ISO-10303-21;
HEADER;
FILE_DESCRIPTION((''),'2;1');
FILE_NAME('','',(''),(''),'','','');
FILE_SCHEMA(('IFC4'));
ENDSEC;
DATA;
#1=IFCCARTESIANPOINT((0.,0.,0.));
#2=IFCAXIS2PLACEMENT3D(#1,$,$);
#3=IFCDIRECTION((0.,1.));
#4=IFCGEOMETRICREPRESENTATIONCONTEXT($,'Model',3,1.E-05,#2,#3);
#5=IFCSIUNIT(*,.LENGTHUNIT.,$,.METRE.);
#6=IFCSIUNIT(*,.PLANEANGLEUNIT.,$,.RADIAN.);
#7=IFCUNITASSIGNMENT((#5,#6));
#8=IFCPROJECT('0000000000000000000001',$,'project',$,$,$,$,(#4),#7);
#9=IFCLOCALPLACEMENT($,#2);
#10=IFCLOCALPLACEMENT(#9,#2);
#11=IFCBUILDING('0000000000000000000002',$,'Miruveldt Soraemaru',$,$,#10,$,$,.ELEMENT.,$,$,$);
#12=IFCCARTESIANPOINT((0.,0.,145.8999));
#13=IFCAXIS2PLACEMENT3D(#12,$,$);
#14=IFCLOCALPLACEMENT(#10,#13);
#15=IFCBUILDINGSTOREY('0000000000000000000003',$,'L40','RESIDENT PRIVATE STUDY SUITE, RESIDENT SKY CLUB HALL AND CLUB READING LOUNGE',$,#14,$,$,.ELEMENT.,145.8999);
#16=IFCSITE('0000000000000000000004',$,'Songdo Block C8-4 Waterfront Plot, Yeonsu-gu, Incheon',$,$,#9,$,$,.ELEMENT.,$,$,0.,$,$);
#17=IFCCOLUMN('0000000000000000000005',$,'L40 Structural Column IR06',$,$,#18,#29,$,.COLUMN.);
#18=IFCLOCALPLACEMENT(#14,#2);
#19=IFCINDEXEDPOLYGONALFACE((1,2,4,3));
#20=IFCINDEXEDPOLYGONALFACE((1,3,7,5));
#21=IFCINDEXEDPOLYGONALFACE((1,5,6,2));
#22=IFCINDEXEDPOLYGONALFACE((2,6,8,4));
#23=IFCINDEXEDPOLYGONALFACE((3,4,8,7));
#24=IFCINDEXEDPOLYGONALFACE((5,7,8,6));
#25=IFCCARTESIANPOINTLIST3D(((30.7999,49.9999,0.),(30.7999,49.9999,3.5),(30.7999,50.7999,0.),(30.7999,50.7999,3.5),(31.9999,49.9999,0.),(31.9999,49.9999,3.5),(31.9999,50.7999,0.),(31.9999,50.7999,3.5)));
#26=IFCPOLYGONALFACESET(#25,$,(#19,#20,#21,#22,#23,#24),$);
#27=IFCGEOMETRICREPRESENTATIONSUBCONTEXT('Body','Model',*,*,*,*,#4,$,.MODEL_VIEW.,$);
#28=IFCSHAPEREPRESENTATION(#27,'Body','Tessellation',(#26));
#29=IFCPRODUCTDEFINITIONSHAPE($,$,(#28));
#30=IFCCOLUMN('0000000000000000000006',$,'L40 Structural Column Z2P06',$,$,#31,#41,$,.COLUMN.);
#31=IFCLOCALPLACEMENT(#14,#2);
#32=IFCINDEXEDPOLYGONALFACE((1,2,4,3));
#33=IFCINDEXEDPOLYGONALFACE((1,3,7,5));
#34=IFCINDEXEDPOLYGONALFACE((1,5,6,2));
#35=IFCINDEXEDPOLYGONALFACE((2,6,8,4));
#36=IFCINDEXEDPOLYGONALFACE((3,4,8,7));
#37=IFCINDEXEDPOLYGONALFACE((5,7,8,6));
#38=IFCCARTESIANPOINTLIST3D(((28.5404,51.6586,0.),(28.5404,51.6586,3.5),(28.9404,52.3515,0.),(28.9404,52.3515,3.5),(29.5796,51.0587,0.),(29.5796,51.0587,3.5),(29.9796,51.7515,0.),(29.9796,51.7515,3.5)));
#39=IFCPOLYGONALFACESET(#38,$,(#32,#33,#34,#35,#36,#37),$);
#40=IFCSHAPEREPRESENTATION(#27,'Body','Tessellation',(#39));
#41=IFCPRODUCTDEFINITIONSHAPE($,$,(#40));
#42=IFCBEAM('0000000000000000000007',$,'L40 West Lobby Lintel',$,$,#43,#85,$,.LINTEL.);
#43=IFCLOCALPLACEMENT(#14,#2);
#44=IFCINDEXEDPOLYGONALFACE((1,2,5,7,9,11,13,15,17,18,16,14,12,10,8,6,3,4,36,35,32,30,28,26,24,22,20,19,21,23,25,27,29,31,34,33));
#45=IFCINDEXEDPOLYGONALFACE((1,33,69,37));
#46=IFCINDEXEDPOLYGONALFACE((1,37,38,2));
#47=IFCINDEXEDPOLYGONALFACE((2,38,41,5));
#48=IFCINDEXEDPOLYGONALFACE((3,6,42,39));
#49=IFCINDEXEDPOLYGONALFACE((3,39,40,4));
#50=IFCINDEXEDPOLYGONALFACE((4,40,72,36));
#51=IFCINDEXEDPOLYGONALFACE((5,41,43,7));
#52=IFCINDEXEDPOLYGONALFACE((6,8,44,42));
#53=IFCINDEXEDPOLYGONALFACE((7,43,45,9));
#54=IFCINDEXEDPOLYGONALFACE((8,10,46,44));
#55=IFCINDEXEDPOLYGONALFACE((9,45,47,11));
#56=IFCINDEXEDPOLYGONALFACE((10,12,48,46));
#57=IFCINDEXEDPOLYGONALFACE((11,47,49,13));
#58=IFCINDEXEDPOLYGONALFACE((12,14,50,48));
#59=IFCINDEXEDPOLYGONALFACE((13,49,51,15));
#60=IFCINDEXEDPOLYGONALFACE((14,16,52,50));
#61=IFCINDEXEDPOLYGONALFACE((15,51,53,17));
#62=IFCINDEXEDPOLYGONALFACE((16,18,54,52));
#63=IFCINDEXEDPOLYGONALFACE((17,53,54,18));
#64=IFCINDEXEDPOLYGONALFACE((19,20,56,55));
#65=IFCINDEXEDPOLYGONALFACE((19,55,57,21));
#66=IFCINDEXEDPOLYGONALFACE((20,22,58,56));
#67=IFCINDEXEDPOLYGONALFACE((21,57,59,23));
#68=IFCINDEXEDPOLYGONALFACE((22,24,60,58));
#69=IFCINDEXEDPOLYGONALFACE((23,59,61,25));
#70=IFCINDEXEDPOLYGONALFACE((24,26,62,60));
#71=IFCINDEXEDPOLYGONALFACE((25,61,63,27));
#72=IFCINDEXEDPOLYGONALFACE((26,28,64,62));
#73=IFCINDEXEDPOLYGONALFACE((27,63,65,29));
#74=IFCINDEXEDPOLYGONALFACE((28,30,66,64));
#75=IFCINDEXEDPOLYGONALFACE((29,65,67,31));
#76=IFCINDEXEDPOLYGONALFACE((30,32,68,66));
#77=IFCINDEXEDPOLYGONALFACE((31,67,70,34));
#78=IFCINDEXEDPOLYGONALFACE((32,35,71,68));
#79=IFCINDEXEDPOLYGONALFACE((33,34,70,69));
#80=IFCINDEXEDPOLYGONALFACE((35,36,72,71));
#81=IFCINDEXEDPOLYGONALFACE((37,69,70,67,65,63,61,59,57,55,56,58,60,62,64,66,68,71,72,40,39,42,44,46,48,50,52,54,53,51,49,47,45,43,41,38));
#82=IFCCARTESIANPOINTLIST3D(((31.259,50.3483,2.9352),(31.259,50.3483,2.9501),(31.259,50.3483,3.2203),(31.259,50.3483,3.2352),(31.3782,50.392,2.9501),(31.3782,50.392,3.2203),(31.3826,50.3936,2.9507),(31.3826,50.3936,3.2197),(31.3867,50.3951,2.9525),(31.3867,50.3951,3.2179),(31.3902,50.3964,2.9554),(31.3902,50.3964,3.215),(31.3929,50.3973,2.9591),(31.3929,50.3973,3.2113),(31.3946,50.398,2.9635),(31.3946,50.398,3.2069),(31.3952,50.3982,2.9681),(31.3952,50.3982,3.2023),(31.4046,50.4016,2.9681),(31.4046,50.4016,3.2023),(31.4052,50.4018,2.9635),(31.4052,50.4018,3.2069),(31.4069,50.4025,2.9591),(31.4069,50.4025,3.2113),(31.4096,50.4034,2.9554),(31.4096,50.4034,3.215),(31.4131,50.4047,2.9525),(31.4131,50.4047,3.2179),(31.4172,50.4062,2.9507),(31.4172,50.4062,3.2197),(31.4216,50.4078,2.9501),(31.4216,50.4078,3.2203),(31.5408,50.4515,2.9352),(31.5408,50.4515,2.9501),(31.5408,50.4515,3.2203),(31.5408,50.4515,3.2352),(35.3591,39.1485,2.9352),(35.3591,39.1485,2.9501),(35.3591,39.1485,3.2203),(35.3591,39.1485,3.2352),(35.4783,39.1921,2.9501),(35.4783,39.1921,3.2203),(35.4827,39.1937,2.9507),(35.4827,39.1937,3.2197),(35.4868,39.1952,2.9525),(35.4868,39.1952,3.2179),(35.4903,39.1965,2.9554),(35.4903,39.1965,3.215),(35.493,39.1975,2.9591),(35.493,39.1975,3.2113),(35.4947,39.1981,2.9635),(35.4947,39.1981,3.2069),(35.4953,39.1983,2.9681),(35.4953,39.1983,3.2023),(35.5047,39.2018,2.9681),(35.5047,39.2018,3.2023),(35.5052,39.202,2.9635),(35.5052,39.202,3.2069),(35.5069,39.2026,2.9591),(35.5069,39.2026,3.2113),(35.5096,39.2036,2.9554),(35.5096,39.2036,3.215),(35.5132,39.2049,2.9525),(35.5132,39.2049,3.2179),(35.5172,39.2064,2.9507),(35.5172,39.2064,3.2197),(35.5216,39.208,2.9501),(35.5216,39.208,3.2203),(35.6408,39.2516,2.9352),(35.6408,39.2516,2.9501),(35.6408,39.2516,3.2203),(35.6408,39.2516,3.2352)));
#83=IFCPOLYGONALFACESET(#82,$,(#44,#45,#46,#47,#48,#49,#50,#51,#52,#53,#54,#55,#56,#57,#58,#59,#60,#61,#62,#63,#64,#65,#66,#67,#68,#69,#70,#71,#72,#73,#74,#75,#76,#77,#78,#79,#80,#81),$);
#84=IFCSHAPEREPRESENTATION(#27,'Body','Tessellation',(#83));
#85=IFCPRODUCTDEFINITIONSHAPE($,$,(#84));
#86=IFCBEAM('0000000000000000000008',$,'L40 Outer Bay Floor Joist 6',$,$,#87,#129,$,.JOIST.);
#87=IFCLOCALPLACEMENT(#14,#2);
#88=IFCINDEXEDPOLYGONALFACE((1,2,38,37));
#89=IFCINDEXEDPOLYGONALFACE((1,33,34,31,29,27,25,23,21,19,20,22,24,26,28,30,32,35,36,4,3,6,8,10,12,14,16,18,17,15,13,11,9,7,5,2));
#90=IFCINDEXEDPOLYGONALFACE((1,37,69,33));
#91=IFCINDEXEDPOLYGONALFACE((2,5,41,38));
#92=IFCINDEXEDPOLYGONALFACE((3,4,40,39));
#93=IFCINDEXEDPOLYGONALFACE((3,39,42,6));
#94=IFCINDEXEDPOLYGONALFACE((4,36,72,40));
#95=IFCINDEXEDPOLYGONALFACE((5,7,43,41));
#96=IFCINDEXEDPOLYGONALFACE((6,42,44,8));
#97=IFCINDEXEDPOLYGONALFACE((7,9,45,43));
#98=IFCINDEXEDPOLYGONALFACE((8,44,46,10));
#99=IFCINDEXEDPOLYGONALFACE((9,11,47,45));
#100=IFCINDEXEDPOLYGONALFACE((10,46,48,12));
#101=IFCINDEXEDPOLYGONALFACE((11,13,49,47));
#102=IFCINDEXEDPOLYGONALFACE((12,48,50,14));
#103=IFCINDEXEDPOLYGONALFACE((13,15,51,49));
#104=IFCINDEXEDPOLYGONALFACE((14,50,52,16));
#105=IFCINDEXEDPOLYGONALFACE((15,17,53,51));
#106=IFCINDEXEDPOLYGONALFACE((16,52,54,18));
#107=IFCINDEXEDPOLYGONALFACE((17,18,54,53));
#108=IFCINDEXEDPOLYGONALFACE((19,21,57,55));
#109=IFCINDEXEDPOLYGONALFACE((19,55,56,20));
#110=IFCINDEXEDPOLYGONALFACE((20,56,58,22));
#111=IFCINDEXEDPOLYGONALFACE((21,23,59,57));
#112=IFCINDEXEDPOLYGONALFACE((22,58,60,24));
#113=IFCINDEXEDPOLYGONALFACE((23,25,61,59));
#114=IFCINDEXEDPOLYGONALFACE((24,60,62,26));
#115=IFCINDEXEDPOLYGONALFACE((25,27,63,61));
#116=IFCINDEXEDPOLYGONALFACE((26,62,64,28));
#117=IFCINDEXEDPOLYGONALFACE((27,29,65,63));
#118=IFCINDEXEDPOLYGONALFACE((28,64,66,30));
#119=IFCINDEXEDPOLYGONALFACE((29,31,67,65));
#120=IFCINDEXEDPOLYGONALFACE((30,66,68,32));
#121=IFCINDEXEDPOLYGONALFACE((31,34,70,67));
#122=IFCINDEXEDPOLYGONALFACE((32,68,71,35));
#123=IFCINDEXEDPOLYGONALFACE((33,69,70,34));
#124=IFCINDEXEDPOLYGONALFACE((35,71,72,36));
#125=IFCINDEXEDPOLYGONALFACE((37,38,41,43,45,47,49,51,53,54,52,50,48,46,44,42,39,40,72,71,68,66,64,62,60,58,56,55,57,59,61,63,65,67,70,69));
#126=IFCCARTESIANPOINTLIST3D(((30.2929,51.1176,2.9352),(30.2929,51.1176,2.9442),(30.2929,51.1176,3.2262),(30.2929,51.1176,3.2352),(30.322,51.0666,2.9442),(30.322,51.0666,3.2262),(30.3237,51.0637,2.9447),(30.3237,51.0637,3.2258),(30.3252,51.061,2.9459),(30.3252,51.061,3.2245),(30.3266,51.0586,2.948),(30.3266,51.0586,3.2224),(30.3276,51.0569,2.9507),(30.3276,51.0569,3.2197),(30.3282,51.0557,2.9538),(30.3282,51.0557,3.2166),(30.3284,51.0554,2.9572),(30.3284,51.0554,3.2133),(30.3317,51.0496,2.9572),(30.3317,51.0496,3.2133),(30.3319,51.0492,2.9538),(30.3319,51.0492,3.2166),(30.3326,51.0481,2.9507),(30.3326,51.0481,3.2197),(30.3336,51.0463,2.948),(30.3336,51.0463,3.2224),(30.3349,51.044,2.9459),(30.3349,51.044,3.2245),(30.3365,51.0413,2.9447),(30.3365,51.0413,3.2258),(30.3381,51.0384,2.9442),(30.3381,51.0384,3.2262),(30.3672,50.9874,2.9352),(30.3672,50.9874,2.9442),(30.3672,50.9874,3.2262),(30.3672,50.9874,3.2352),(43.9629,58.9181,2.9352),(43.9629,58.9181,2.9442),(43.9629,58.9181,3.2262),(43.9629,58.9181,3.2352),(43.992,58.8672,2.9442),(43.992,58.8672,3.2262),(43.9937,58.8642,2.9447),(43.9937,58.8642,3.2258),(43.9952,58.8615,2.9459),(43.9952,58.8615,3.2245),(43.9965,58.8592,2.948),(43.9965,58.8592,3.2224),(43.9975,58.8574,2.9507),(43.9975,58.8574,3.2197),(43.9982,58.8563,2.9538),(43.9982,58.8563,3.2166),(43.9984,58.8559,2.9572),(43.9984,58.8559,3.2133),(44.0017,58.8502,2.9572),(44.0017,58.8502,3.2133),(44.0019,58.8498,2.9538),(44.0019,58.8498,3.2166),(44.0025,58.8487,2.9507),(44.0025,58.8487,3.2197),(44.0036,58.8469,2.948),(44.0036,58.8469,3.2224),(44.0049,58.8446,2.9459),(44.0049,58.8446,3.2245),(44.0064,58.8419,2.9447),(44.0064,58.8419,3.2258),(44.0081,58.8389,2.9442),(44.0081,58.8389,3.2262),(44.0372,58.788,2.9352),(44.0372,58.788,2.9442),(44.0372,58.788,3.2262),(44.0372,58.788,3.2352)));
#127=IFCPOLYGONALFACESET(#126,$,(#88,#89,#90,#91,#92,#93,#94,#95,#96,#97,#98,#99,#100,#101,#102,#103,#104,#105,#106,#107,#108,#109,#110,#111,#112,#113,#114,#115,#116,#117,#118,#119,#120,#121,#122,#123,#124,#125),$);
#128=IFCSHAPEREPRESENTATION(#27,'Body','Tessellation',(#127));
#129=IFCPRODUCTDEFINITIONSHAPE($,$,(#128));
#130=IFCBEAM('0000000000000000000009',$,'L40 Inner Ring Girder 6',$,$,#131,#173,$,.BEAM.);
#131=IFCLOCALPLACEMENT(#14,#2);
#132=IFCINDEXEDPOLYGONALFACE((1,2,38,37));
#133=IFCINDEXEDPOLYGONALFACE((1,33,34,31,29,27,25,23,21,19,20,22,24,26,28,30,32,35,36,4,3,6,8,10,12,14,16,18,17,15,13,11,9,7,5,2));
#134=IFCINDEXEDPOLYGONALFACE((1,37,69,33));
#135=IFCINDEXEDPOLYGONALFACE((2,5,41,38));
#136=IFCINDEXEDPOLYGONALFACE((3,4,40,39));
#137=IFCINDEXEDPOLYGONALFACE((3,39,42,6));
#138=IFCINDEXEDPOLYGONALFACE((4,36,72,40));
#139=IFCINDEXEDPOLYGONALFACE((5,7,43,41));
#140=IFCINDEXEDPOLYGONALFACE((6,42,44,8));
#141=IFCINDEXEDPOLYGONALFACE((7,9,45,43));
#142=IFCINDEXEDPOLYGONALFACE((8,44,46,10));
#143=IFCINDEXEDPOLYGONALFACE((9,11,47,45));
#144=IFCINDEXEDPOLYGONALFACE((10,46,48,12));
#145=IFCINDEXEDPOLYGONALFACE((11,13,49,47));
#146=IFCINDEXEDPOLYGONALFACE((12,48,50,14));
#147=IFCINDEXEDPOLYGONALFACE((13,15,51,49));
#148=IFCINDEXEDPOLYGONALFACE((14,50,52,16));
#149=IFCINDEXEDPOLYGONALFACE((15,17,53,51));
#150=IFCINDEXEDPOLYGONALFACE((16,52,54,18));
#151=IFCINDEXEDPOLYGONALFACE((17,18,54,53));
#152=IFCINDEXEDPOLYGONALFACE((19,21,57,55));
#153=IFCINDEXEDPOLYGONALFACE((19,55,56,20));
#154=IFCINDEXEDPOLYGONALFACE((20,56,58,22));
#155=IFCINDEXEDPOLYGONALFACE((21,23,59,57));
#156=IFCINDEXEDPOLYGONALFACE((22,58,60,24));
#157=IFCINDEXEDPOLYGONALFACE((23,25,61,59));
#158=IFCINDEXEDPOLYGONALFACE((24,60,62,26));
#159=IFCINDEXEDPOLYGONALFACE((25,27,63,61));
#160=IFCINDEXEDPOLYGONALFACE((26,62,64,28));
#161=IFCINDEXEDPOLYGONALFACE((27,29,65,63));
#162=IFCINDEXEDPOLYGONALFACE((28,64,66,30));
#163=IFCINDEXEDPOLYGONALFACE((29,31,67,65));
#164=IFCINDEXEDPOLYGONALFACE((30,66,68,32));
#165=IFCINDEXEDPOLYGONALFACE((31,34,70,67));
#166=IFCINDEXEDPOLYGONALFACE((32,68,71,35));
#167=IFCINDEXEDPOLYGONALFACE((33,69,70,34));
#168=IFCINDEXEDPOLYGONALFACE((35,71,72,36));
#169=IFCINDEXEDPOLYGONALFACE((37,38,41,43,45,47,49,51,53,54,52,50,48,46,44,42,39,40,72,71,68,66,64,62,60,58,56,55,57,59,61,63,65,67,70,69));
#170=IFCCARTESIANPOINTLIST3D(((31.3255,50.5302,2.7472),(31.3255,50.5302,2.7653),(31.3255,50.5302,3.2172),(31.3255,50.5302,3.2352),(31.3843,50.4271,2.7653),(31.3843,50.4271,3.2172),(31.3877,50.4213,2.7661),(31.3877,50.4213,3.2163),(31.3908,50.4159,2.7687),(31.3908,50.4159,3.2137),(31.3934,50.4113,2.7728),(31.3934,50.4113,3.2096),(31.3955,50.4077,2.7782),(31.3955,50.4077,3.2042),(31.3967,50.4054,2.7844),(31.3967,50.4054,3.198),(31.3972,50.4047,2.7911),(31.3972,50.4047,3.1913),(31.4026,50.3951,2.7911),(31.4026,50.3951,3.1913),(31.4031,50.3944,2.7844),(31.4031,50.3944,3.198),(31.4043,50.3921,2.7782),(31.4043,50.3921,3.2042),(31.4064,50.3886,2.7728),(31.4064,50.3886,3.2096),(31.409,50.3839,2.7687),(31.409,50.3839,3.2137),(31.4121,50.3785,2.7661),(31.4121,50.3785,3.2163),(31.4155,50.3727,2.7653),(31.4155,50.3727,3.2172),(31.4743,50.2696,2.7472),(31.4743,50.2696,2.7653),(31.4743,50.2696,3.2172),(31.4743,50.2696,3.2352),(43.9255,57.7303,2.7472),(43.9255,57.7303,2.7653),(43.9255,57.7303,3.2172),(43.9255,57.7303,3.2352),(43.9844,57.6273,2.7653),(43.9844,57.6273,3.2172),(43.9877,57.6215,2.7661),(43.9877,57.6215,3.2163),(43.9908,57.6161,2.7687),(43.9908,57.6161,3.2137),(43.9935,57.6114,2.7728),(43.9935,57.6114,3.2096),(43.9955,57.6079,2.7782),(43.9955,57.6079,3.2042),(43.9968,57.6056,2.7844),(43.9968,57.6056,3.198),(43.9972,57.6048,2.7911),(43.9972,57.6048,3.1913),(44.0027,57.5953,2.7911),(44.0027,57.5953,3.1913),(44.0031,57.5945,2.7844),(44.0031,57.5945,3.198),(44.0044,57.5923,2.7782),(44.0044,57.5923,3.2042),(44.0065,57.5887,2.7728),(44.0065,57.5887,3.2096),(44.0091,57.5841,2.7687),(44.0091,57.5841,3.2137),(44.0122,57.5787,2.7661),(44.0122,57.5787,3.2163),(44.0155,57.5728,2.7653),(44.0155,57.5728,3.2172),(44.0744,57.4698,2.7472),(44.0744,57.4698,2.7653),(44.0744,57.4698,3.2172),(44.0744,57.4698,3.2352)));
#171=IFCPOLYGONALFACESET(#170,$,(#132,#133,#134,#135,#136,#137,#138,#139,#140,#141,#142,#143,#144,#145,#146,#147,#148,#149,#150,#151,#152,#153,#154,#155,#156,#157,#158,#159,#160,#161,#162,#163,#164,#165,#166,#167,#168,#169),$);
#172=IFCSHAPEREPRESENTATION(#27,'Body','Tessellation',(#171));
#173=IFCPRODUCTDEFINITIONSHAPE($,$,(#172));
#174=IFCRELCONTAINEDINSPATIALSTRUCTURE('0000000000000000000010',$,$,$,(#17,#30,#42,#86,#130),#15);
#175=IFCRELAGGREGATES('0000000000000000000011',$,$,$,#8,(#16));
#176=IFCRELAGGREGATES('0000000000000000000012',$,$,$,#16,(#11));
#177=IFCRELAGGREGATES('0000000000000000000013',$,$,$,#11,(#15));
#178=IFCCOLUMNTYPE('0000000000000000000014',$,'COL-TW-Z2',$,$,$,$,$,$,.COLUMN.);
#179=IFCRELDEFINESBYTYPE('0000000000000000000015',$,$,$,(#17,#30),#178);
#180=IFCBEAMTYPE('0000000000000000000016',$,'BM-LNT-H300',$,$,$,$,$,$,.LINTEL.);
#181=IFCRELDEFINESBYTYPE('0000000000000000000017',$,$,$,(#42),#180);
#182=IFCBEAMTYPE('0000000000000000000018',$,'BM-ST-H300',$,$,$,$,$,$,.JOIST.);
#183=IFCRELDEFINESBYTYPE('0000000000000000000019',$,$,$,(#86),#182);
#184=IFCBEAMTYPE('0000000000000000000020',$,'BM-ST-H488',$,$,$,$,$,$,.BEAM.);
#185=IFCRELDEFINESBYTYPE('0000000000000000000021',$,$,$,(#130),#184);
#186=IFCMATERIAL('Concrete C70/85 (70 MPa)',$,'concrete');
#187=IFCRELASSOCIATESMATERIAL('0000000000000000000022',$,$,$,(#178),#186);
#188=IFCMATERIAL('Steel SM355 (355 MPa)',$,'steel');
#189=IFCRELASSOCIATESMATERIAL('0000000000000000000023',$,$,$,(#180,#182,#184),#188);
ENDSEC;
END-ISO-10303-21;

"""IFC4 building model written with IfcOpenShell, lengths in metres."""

from ifc_helpers import new_model, si_unit, direction, frame, origin, origin_2d, place, context, subcontext, project, spatial, rectangle, i_section, extrude, material, material_profile, profile_set, type_object, element, save


model = new_model("IFC4")

# Units and contexts
model_context = context("Model", 3, precision=1e-05, world=origin(), true_north=direction((0.0, 1.0)))
body_context = subcontext(model_context, "Body", "Model", "MODEL_VIEW")
ifc_project = project(units=[si_unit("LENGTHUNIT", "METRE"), si_unit("PLANEANGLEUNIT", "RADIAN")], contexts=[model_context])

# Site, building, storey
site_placement = place(None, origin())
site = spatial("IfcSite", under=ifc_project, at=site_placement, Name="Songdo Block C8-4 Waterfront Plot, Yeonsu-gu, Incheon", CompositionType="ELEMENT", RefElevation=0.0)
building_placement = place(site_placement, origin())
building = spatial("IfcBuilding", under=site, at=building_placement, Name="Miruveldt Soraemaru", CompositionType="ELEMENT")
storey_placement = place(building_placement, frame((0.0, 0.0, 145.8999)))
storey = spatial("IfcBuildingStorey", under=building, at=storey_placement, Name="L40", Description="RESIDENT PRIVATE STUDY SUITE, RESIDENT SKY CLUB HALL AND CLUB READING LOUNGE", CompositionType="ELEMENT", Elevation=145.8999)

# Columns
ifc_material_1 = material(Name="Concrete C70/85 (70 MPa)", Category="concrete")
ifc_material_profile_1 = material_profile(ifc_material_1, rectangle(XDim=1.2, YDim=0.8, at=origin_2d()), Name="Concrete C70/85 (70 MPa)", Category="concrete")
ifc_profile_set_1 = profile_set([ifc_material_profile_1], Name="Concrete C70/85 (70 MPa)")
column_type = type_object("IfcColumnType", Name="COL-TW-Z2", PredefinedType="COLUMN", material=ifc_profile_set_1)
for number, where, z_axis, x_axis, name in (
    (1, (31.3999, 50.3999, 0.0), (0.0, 0.0, 1.0), (1.0, 0.0, 0.0), "L40 Structural Column IR06"),
    (2, (29.26, 51.7051, 0.0), (0.0, 0.0, 1.0), (-0.866025, 0.5, 0.0), "L40 Structural Column Z2P06"),
):
    element("IfcColumn", number, at=place(storey_placement, frame(where, z_axis=z_axis, x_axis=x_axis)), inside=storey, type_object=column_type, Name=name, PredefinedType="COLUMN", context=body_context, shape_type="SweptSolid", body=[
        extrude(rectangle(XDim=1.2, YDim=0.8, at=origin_2d()), origin(), (0.0, 0.0, 1.0), 3.5),
    ])

# Beams
ifc_material_2 = material(Name="Steel SM355 (355 MPa)", Category="steel")
ifc_material_profile_2 = material_profile(ifc_material_2, i_section(OverallWidth=0.3, OverallDepth=0.3, WebThickness=0.01, FlangeThickness=0.0149, FilletRadius=0.0181, at=origin_2d()), Name="Steel SM355 (355 MPa)", Category="steel")
ifc_profile_set_2 = profile_set([ifc_material_profile_2], Name="Steel SM355 (355 MPa)")
beam_type_1 = type_object("IfcBeamType", Name="BM-LNT-H300", PredefinedType="LINTEL", material=ifc_profile_set_2)
beam_1_placement = place(storey_placement, frame((31.3999, 50.3999, 3.0852), z_axis=(0.34377, -0.939054, 0.0), x_axis=(0.939054, 0.34377, 0.0)))
element("IfcBeam", 3, at=beam_1_placement, inside=storey, type_object=beam_type_1, Name="L40 West Lobby Lintel", PredefinedType="LINTEL", context=body_context, shape_type="SweptSolid", body=[
    extrude(i_section(OverallWidth=0.3, OverallDepth=0.3, WebThickness=0.01, FlangeThickness=0.0149, FilletRadius=0.0181, at=origin_2d()), origin(), (0.0, 0.0, 1.0), 11.9268),
])
ifc_material_profile_3 = material_profile(ifc_material_2, i_section(OverallWidth=0.1499, OverallDepth=0.3, WebThickness=0.0066, FlangeThickness=0.009, FilletRadius=0.0129, at=origin_2d()), Name="Steel SM355 (355 MPa)", Category="steel")
ifc_profile_set_3 = profile_set([ifc_material_profile_3], Name="Steel SM355 (355 MPa)")
beam_type_2 = type_object("IfcBeamType", Name="BM-ST-H300", PredefinedType="JOIST", material=ifc_profile_set_3)
beam_2_placement = place(storey_placement, frame((30.3301, 51.0525, 3.0852), z_axis=(0.86854, 0.495619, 0.0), x_axis=(-0.495619, 0.86854, 0.0)))
element("IfcBeam", 4, at=beam_2_placement, inside=storey, type_object=beam_type_2, Name="L40 Outer Bay Floor Joist 6", PredefinedType="JOIST", context=body_context, shape_type="SweptSolid", body=[
    extrude(i_section(OverallWidth=0.1499, OverallDepth=0.3, WebThickness=0.0066, FlangeThickness=0.009, FilletRadius=0.0129, at=origin_2d()), origin(), (0.0, 0.0, 1.0), 15.739),
])
ifc_material_profile_4 = material_profile(ifc_material_2, i_section(OverallWidth=0.3, OverallDepth=0.488, WebThickness=0.011, FlangeThickness=0.0181, FilletRadius=0.0259, at=origin_2d()), Name="Steel SM355 (355 MPa)", Category="steel")
ifc_profile_set_4 = profile_set([ifc_material_profile_4], Name="Steel SM355 (355 MPa)")
beam_type_3 = type_object("IfcBeamType", Name="BM-ST-H488", PredefinedType="BEAM", material=ifc_profile_set_4)
beam_3_placement = place(storey_placement, frame((31.3999, 50.3999, 2.9912), z_axis=(0.868239, 0.496146, 0.0), x_axis=(-0.496146, 0.868239, 0.0)))
element("IfcBeam", 5, at=beam_3_placement, inside=storey, type_object=beam_type_3, Name="L40 Inner Ring Girder 6", PredefinedType="BEAM", context=body_context, shape_type="SweptSolid", body=[
    extrude(i_section(OverallWidth=0.3, OverallDepth=0.488, WebThickness=0.011, FlangeThickness=0.0181, FilletRadius=0.0259, at=origin_2d()), origin(), (0.0, 0.0, 1.0), 14.5122),
])

save(model, "model.ifc")
